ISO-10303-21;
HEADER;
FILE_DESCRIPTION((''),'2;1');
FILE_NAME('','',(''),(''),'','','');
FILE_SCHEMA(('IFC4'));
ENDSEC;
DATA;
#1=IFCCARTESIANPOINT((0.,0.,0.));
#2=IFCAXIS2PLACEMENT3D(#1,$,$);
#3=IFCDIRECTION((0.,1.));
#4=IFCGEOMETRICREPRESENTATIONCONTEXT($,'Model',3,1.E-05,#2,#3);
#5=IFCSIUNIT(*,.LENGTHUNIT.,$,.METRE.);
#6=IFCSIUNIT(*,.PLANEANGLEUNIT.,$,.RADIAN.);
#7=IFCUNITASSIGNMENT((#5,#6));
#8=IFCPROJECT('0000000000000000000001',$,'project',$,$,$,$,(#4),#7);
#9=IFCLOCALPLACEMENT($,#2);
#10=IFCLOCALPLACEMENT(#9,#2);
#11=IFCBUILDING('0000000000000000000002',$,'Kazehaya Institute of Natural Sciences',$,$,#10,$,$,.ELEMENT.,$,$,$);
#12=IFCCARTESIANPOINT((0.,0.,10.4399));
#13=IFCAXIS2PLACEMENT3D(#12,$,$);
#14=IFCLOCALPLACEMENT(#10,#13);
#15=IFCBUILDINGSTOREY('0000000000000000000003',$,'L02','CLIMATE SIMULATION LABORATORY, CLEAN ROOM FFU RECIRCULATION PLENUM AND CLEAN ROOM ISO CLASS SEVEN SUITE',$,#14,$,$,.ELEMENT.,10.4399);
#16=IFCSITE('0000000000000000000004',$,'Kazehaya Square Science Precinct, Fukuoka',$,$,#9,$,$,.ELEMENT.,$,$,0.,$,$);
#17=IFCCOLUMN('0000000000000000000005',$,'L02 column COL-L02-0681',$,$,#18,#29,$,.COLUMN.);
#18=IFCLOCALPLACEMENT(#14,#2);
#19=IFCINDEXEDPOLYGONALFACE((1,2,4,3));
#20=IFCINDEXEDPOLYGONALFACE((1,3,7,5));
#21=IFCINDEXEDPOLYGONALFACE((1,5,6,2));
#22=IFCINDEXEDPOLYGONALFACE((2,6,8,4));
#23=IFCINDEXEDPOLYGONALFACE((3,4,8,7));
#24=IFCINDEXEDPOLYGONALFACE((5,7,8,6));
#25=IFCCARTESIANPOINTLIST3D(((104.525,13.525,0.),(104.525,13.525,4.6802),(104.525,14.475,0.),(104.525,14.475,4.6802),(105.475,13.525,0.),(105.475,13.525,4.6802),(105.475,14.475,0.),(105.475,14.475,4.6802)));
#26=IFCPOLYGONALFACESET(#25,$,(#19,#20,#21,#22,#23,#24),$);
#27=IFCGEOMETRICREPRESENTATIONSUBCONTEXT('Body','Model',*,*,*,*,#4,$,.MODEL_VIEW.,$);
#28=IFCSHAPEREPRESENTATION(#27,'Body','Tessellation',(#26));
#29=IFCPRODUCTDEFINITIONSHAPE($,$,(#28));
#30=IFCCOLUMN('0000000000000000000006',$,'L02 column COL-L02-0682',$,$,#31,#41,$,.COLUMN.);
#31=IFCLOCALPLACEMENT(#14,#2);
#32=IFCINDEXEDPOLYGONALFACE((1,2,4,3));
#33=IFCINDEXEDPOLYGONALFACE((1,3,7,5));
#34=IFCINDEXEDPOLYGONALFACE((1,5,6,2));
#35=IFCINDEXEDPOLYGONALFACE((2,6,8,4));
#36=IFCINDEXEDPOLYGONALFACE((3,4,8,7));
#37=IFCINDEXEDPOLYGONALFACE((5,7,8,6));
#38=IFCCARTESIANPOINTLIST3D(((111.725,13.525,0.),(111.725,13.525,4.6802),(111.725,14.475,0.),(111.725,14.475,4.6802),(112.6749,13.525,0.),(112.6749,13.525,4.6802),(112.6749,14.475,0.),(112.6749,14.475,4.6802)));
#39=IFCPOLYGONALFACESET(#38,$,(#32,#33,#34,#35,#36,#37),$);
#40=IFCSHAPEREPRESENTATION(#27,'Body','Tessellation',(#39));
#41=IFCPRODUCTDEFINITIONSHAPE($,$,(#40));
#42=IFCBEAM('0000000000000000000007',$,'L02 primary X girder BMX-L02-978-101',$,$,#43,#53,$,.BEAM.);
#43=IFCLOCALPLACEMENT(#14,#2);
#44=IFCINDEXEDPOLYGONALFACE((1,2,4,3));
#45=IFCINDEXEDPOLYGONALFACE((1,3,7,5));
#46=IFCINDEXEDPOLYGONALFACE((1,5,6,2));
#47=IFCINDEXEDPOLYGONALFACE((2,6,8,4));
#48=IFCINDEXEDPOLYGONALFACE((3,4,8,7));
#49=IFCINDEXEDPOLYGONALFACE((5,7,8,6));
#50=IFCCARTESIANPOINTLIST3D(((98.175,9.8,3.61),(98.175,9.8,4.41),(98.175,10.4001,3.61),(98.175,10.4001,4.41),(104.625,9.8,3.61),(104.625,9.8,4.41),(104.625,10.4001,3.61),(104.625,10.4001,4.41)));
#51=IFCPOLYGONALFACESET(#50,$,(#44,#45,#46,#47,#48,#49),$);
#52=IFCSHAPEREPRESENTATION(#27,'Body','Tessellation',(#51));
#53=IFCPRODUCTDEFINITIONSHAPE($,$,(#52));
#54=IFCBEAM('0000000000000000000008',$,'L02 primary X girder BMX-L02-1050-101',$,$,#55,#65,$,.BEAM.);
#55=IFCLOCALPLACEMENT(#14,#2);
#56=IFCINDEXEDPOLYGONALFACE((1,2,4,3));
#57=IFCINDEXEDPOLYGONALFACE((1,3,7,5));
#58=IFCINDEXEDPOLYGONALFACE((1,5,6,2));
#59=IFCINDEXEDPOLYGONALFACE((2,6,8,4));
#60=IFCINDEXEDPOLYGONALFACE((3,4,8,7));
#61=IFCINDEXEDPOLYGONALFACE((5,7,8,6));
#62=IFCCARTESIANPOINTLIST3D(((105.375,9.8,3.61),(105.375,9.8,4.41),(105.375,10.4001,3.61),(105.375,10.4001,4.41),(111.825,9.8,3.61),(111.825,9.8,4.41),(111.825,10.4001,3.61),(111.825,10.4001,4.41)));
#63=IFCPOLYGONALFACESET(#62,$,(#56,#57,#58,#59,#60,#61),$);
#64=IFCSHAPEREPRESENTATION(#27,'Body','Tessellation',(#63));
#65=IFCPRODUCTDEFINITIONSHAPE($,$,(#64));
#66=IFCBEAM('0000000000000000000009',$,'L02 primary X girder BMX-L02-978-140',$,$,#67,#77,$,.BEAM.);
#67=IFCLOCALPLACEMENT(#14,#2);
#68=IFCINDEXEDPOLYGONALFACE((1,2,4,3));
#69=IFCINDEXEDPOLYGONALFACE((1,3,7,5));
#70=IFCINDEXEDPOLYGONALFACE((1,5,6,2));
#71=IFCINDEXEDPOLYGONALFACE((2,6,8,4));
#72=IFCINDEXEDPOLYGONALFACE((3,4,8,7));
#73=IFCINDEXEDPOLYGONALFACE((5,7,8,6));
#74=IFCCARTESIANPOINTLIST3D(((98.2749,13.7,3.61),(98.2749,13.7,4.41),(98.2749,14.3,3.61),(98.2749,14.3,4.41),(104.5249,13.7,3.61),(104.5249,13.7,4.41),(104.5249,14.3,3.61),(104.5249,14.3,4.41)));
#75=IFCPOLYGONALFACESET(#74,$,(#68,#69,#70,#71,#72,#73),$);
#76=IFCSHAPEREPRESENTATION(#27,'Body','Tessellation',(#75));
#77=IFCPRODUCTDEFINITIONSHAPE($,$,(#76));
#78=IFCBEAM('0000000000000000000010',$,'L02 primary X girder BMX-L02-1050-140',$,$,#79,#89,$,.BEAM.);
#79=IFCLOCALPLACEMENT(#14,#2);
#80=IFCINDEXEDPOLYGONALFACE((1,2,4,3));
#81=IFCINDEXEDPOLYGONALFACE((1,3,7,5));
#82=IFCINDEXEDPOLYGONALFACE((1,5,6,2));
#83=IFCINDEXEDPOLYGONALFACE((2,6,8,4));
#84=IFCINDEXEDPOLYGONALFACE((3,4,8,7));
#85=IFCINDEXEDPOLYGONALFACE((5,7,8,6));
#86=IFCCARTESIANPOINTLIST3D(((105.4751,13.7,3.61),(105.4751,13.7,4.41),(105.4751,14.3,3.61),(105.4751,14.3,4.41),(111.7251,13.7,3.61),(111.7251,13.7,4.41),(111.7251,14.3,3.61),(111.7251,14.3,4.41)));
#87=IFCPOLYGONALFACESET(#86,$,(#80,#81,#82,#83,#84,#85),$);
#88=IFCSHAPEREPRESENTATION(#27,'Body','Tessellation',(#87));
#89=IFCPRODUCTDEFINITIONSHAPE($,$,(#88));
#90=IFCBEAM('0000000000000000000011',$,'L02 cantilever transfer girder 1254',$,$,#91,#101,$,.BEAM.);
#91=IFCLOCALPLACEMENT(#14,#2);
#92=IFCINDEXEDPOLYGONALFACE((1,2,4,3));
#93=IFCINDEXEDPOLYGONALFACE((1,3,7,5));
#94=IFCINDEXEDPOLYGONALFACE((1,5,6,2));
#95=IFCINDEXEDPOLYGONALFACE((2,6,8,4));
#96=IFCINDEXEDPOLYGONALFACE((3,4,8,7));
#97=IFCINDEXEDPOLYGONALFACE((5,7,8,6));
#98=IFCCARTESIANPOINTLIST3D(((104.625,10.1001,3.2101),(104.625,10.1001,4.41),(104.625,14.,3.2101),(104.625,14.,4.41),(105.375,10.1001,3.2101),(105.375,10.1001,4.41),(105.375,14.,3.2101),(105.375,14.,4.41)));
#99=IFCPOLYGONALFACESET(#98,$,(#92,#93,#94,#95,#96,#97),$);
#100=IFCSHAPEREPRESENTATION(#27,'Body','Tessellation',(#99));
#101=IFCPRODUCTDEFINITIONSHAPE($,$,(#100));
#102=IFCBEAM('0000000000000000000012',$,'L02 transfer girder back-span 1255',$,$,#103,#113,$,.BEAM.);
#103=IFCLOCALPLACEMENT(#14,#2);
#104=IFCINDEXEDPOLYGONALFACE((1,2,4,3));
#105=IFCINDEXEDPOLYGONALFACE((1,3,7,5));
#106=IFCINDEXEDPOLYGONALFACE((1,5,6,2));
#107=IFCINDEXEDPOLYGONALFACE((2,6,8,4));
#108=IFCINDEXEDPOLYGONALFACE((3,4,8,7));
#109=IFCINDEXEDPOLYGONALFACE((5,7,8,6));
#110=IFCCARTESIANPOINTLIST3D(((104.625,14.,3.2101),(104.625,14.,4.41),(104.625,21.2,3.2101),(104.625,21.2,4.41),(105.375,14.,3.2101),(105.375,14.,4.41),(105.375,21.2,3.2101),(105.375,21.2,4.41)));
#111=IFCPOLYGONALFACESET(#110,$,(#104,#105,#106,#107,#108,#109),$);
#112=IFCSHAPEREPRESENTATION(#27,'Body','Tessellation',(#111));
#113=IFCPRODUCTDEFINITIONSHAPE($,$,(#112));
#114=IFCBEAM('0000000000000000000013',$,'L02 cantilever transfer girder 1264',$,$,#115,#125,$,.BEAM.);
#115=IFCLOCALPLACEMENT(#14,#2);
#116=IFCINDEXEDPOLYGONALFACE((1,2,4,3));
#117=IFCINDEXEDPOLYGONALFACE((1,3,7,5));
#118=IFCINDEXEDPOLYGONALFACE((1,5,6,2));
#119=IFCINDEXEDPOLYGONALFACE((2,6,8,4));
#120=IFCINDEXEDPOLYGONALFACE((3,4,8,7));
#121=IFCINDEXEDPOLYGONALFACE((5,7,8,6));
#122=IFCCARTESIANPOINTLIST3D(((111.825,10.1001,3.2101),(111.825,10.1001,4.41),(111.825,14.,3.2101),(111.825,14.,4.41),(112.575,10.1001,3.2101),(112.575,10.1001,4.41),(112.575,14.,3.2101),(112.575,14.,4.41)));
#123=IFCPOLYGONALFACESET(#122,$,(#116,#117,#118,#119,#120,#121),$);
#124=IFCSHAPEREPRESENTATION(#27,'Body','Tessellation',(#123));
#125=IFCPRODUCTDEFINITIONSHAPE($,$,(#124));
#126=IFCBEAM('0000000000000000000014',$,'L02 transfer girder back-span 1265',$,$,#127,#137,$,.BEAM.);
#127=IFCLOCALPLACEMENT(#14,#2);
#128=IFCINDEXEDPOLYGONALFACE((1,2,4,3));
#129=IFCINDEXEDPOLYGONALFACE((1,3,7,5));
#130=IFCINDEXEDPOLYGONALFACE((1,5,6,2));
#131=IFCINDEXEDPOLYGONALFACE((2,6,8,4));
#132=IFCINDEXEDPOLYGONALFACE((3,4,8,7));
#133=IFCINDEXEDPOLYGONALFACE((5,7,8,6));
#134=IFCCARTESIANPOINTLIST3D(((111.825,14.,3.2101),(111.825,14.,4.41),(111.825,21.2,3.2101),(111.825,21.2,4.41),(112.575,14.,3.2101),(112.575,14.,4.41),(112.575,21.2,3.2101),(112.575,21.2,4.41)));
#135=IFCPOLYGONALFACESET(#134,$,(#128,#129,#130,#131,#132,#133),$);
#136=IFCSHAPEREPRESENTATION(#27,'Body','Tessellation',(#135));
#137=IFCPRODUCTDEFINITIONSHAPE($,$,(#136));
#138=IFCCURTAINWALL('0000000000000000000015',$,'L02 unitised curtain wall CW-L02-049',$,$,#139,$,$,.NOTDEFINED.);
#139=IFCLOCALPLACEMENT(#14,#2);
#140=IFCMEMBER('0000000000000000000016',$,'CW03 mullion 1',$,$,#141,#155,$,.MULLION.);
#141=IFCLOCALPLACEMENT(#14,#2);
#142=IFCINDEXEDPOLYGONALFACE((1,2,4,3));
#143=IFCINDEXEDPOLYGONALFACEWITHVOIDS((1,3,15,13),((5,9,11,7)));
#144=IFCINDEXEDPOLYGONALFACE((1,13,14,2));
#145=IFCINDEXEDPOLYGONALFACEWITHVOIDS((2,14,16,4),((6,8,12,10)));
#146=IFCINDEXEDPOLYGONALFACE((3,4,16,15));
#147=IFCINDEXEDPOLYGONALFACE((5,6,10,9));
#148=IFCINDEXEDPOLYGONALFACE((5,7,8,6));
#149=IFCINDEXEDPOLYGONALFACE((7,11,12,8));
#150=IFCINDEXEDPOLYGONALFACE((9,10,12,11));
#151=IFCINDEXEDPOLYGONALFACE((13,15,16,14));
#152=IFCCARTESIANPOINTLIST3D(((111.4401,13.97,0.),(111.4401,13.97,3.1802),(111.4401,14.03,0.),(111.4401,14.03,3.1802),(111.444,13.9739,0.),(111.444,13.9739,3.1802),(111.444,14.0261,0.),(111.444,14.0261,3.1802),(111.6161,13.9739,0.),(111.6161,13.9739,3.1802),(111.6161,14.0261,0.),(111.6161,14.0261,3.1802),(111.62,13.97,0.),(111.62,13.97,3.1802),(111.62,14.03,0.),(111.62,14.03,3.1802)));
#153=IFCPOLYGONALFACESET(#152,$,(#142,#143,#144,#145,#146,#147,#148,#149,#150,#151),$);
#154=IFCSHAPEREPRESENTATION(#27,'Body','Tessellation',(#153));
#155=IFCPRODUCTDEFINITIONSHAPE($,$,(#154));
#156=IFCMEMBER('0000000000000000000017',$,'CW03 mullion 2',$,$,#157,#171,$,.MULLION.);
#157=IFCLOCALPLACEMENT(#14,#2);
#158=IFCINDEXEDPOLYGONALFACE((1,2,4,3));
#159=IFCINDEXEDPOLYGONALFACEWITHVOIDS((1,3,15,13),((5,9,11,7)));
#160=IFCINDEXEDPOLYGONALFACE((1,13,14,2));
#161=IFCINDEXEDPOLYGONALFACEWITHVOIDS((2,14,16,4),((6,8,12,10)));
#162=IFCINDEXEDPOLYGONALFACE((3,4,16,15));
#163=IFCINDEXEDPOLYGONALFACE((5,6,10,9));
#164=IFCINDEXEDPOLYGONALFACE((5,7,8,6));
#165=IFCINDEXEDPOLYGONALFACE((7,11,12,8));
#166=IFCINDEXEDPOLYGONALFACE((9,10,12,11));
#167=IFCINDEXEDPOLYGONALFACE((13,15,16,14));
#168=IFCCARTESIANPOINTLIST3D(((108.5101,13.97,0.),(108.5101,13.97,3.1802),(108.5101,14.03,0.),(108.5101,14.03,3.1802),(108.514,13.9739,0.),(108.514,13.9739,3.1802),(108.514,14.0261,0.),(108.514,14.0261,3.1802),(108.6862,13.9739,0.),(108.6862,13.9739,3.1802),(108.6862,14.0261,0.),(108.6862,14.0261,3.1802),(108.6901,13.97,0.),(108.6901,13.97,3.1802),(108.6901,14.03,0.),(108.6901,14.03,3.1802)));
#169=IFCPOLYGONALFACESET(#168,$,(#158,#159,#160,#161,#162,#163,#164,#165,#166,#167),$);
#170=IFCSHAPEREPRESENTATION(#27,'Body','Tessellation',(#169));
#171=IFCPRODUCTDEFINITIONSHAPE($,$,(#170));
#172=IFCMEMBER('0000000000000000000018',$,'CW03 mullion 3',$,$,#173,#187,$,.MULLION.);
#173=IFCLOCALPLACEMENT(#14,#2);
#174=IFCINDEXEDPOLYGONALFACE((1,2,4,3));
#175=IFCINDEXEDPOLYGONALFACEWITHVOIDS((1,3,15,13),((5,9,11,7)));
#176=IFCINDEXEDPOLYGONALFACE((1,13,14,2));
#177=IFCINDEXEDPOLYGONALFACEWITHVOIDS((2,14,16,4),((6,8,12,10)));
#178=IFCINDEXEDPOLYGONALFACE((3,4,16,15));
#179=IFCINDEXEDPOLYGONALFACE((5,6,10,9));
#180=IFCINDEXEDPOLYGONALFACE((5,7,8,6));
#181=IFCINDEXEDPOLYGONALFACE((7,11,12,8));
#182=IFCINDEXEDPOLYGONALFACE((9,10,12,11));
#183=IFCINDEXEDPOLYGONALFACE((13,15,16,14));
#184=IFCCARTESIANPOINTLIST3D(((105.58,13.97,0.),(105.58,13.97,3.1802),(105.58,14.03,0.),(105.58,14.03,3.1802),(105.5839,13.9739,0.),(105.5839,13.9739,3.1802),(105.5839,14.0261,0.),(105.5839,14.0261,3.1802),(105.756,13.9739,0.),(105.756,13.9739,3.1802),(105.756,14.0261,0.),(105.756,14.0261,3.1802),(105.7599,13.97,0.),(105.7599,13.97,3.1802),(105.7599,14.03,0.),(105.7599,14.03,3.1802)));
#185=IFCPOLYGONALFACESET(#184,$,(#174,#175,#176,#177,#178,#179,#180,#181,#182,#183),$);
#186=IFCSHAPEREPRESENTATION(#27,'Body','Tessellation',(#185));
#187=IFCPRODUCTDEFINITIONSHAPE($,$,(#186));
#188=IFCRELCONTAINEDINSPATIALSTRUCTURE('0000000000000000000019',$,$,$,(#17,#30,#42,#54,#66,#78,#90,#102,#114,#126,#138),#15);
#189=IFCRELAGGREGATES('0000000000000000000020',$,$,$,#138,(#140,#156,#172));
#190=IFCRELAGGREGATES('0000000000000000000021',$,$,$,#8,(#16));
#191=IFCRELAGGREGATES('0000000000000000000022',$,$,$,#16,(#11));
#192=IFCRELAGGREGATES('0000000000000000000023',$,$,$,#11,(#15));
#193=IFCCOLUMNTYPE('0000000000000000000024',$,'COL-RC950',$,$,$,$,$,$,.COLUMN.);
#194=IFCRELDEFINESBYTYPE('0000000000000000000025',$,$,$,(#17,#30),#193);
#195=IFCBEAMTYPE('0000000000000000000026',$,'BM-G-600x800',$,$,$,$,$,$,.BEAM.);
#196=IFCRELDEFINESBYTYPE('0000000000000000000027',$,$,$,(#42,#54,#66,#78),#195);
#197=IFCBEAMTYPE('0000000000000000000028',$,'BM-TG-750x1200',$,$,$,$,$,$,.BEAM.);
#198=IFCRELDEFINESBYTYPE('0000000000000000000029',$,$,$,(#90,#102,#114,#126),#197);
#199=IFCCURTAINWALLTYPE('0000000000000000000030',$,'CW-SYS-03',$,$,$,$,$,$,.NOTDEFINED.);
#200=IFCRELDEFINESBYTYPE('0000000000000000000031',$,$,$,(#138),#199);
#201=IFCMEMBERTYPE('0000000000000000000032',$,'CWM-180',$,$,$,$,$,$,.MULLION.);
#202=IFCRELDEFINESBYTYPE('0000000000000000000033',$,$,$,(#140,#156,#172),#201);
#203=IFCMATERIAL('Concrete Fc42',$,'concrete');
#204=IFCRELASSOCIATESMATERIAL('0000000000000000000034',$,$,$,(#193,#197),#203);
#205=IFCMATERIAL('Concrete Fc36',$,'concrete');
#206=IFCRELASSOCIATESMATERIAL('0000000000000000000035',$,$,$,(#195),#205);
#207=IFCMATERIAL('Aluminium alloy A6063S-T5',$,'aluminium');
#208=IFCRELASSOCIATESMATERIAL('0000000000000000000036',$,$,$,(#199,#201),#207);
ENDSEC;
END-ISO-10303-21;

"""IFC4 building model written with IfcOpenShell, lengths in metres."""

from ifc_helpers import new_model, si_unit, direction, frame, origin, origin_2d, place, context, subcontext, project, spatial, rectangle, hollow_rectangle, extrude, material, material_profile, profile_set, type_object, element, aggregate, save


model = new_model("IFC4")

# Units and contexts
model_context = context("Model", 3, precision=1e-05, world=origin(), true_north=direction((0.0, 1.0)))
body_context = subcontext(model_context, "Body", "Model", "MODEL_VIEW")
ifc_project = project(units=[si_unit("LENGTHUNIT", "METRE"), si_unit("PLANEANGLEUNIT", "RADIAN")], contexts=[model_context])

# Site, building, storey
site_placement = place(None, origin())
site = spatial("IfcSite", under=ifc_project, at=site_placement, Name="Kazehaya Square Science Precinct, Fukuoka", CompositionType="ELEMENT", RefElevation=0.0)
building_placement = place(site_placement, origin())
building = spatial("IfcBuilding", under=site, at=building_placement, Name="Kazehaya Institute of Natural Sciences", CompositionType="ELEMENT")
storey_placement = place(building_placement, frame((0.0, 0.0, 10.4399)))
storey = spatial("IfcBuildingStorey", under=building, at=storey_placement, Name="L02", Description="CLIMATE SIMULATION LABORATORY, CLEAN ROOM FFU RECIRCULATION PLENUM AND CLEAN ROOM ISO CLASS SEVEN SUITE", CompositionType="ELEMENT", Elevation=10.4399)

# Columns
ifc_material_1 = material(Name="Concrete Fc42", Category="concrete")
ifc_material_profile_1 = material_profile(ifc_material_1, rectangle(XDim=0.95, YDim=0.95, at=origin_2d()), Name="RC-950x950")
ifc_profile_set_1 = profile_set([ifc_material_profile_1], Name="Concrete Fc42")
column_type = type_object("IfcColumnType", Name="COL-RC950", PredefinedType="COLUMN", material=ifc_profile_set_1)
for number, where, z_axis, x_axis, name in (
    (1, (105.0, 14.0, 0.0), (0.0, 0.0, 1.0), (1.0, 0.0, 0.0), "L02 column COL-L02-0681"),
    (2, (112.2, 14.0, 0.0), (0.0, 0.0, 1.0), (1.0, 0.0, 0.0), "L02 column COL-L02-0682"),
):
    element("IfcColumn", number, at=place(storey_placement, frame(where, z_axis=z_axis, x_axis=x_axis)), inside=storey, type_object=column_type, Name=name, PredefinedType="COLUMN", context=body_context, shape_type="SweptSolid", body=[
        extrude(rectangle(XDim=0.95, YDim=0.95, at=origin_2d()), origin(), (0.0, 0.0, 1.0), 4.6802),
    ])

# Beams
ifc_material_2 = material(Name="Concrete Fc36", Category="concrete")
ifc_material_profile_2 = material_profile(ifc_material_2, rectangle(XDim=0.6001, YDim=0.8, at=origin_2d()), Name="RC-600x800")
ifc_profile_set_2 = profile_set([ifc_material_profile_2], Name="Concrete Fc36")
beam_type_1 = type_object("IfcBeamType", Name="BM-G-600x800", PredefinedType="BEAM", material=ifc_profile_set_2)
for number, where, z_axis, x_axis, name in (
    (3, (98.175, 10.1001, 4.01), (1.0, 0.0, 0.0), (0.0, 1.0, 0.0), "L02 primary X girder BMX-L02-978-101"),
    (4, (105.375, 10.1001, 4.01), (1.0, 0.0, 0.0), (0.0, 1.0, 0.0), "L02 primary X girder BMX-L02-1050-101"),
):
    element("IfcBeam", number, at=place(storey_placement, frame(where, z_axis=z_axis, x_axis=x_axis)), inside=storey, type_object=beam_type_1, Name=name, PredefinedType="BEAM", context=body_context, shape_type="SweptSolid", body=[
        extrude(rectangle(XDim=0.6001, YDim=0.8, at=origin_2d()), origin(), (0.0, 0.0, 1.0), 6.45),
    ])
for number, where, z_axis, x_axis, name in (
    (5, (98.2749, 14.0, 4.01), (1.0, 0.0, 0.0), (0.0, 1.0, 0.0), "L02 primary X girder BMX-L02-978-140"),
    (6, (105.4751, 14.0, 4.01), (1.0, 0.0, 0.0), (0.0, 1.0, 0.0), "L02 primary X girder BMX-L02-1050-140"),
):
    element("IfcBeam", number, at=place(storey_placement, frame(where, z_axis=z_axis, x_axis=x_axis)), inside=storey, type_object=beam_type_1, Name=name, PredefinedType="BEAM", context=body_context, shape_type="SweptSolid", body=[
        extrude(rectangle(XDim=0.6001, YDim=0.8, at=origin_2d()), origin(), (0.0, 0.0, 1.0), 6.25),
    ])
ifc_material_profile_3 = material_profile(ifc_material_1, rectangle(XDim=0.75, YDim=1.2, at=origin_2d()), Name="RC-750x1200")
ifc_profile_set_3 = profile_set([ifc_material_profile_3], Name="Concrete Fc42")
beam_type_2 = type_object("IfcBeamType", Name="BM-TG-750x1200", PredefinedType="BEAM", material=ifc_profile_set_3)
beam_1_placement = place(storey_placement, frame((105.0, 10.1001, 3.8101), z_axis=(0.0, 1.0, 0.0), x_axis=(-1.0, 0.0, 0.0)))
element("IfcBeam", 7, at=beam_1_placement, inside=storey, type_object=beam_type_2, Name="L02 cantilever transfer girder 1254", PredefinedType="BEAM", context=body_context, shape_type="SweptSolid", body=[
    extrude(rectangle(XDim=0.75, YDim=1.2, at=origin_2d()), origin(), (0.0, 0.0, 1.0), 3.8999),
])
beam_2_placement = place(storey_placement, frame((105.0, 14.0, 3.8101), z_axis=(0.0, 1.0, 0.0), x_axis=(-1.0, 0.0, 0.0)))
element("IfcBeam", 8, at=beam_2_placement, inside=storey, type_object=beam_type_2, Name="L02 transfer girder back-span 1255", PredefinedType="BEAM", context=body_context, shape_type="SweptSolid", body=[
    extrude(rectangle(XDim=0.75, YDim=1.2, at=origin_2d()), origin(), (0.0, 0.0, 1.0), 7.2),
])
beam_3_placement = place(storey_placement, frame((112.2, 10.1001, 3.8101), z_axis=(0.0, 1.0, 0.0), x_axis=(-1.0, 0.0, 0.0)))
element("IfcBeam", 9, at=beam_3_placement, inside=storey, type_object=beam_type_2, Name="L02 cantilever transfer girder 1264", PredefinedType="BEAM", context=body_context, shape_type="SweptSolid", body=[
    extrude(rectangle(XDim=0.75, YDim=1.2, at=origin_2d()), origin(), (0.0, 0.0, 1.0), 3.8999),
])
beam_4_placement = place(storey_placement, frame((112.2, 14.0, 3.8101), z_axis=(0.0, 1.0, 0.0), x_axis=(-1.0, 0.0, 0.0)))
element("IfcBeam", 10, at=beam_4_placement, inside=storey, type_object=beam_type_2, Name="L02 transfer girder back-span 1265", PredefinedType="BEAM", context=body_context, shape_type="SweptSolid", body=[
    extrude(rectangle(XDim=0.75, YDim=1.2, at=origin_2d()), origin(), (0.0, 0.0, 1.0), 7.2),
])

# Curtain wall, members
ifc_material_3 = material(Name="Aluminium alloy A6063S-T5", Category="aluminium")
curtain_wall_type = type_object("IfcCurtainWallType", Name="CW-SYS-03", PredefinedType="NOTDEFINED", material=ifc_material_3)
curtain_wall_1_placement = place(storey_placement, origin())
curtain_wall_1 = element("IfcCurtainWall", 11, at=curtain_wall_1_placement, inside=storey, type_object=curtain_wall_type, Name="L02 unitised curtain wall CW-L02-049", PredefinedType="NOTDEFINED")
ifc_material_profile_4 = material_profile(ifc_material_3, hollow_rectangle(XDim=0.0601, YDim=0.1799, WallThickness=0.0039, at=origin_2d()), Name="ALU-60x180x4")
ifc_profile_set_4 = profile_set([ifc_material_profile_4], Name="Aluminium alloy A6063S-T5")
member_type_1 = type_object("IfcMemberType", Name="CWM-180", PredefinedType="MULLION", material=ifc_profile_set_4)
member_1_placement = place(storey_placement, frame((111.53, 14.0, 0.0), z_axis=(0.0, 0.0, 1.0), x_axis=(0.0, -1.0, 0.0)))
member_1 = element("IfcMember", 12, at=member_1_placement, type_object=member_type_1, Name="CW03 mullion 1", PredefinedType="MULLION", context=body_context, shape_type="SweptSolid", body=[
    extrude(hollow_rectangle(XDim=0.0601, YDim=0.1799, WallThickness=0.0039, at=origin_2d()), origin(), (0.0, 0.0, 1.0), 3.1802),
])
member_2_placement = place(storey_placement, frame((108.6001, 14.0, 0.0), z_axis=(0.0, 0.0, 1.0), x_axis=(0.0, -1.0, 0.0)))
member_2 = element("IfcMember", 13, at=member_2_placement, type_object=member_type_1, Name="CW03 mullion 2", PredefinedType="MULLION", context=body_context, shape_type="SweptSolid", body=[
    extrude(hollow_rectangle(XDim=0.0601, YDim=0.1799, WallThickness=0.0039, at=origin_2d()), origin(), (0.0, 0.0, 1.0), 3.1802),
])
member_3_placement = place(storey_placement, frame((105.6699, 14.0, 0.0), z_axis=(0.0, 0.0, 1.0), x_axis=(0.0, -1.0, 0.0)))
member_3 = element("IfcMember", 14, at=member_3_placement, type_object=member_type_1, Name="CW03 mullion 3", PredefinedType="MULLION", context=body_context, shape_type="SweptSolid", body=[
    extrude(hollow_rectangle(XDim=0.0601, YDim=0.1799, WallThickness=0.0039, at=origin_2d()), origin(), (0.0, 0.0, 1.0), 3.1802),
])

aggregate(curtain_wall_1, [member_1, member_2, member_3])

save(model, "model.ifc")
